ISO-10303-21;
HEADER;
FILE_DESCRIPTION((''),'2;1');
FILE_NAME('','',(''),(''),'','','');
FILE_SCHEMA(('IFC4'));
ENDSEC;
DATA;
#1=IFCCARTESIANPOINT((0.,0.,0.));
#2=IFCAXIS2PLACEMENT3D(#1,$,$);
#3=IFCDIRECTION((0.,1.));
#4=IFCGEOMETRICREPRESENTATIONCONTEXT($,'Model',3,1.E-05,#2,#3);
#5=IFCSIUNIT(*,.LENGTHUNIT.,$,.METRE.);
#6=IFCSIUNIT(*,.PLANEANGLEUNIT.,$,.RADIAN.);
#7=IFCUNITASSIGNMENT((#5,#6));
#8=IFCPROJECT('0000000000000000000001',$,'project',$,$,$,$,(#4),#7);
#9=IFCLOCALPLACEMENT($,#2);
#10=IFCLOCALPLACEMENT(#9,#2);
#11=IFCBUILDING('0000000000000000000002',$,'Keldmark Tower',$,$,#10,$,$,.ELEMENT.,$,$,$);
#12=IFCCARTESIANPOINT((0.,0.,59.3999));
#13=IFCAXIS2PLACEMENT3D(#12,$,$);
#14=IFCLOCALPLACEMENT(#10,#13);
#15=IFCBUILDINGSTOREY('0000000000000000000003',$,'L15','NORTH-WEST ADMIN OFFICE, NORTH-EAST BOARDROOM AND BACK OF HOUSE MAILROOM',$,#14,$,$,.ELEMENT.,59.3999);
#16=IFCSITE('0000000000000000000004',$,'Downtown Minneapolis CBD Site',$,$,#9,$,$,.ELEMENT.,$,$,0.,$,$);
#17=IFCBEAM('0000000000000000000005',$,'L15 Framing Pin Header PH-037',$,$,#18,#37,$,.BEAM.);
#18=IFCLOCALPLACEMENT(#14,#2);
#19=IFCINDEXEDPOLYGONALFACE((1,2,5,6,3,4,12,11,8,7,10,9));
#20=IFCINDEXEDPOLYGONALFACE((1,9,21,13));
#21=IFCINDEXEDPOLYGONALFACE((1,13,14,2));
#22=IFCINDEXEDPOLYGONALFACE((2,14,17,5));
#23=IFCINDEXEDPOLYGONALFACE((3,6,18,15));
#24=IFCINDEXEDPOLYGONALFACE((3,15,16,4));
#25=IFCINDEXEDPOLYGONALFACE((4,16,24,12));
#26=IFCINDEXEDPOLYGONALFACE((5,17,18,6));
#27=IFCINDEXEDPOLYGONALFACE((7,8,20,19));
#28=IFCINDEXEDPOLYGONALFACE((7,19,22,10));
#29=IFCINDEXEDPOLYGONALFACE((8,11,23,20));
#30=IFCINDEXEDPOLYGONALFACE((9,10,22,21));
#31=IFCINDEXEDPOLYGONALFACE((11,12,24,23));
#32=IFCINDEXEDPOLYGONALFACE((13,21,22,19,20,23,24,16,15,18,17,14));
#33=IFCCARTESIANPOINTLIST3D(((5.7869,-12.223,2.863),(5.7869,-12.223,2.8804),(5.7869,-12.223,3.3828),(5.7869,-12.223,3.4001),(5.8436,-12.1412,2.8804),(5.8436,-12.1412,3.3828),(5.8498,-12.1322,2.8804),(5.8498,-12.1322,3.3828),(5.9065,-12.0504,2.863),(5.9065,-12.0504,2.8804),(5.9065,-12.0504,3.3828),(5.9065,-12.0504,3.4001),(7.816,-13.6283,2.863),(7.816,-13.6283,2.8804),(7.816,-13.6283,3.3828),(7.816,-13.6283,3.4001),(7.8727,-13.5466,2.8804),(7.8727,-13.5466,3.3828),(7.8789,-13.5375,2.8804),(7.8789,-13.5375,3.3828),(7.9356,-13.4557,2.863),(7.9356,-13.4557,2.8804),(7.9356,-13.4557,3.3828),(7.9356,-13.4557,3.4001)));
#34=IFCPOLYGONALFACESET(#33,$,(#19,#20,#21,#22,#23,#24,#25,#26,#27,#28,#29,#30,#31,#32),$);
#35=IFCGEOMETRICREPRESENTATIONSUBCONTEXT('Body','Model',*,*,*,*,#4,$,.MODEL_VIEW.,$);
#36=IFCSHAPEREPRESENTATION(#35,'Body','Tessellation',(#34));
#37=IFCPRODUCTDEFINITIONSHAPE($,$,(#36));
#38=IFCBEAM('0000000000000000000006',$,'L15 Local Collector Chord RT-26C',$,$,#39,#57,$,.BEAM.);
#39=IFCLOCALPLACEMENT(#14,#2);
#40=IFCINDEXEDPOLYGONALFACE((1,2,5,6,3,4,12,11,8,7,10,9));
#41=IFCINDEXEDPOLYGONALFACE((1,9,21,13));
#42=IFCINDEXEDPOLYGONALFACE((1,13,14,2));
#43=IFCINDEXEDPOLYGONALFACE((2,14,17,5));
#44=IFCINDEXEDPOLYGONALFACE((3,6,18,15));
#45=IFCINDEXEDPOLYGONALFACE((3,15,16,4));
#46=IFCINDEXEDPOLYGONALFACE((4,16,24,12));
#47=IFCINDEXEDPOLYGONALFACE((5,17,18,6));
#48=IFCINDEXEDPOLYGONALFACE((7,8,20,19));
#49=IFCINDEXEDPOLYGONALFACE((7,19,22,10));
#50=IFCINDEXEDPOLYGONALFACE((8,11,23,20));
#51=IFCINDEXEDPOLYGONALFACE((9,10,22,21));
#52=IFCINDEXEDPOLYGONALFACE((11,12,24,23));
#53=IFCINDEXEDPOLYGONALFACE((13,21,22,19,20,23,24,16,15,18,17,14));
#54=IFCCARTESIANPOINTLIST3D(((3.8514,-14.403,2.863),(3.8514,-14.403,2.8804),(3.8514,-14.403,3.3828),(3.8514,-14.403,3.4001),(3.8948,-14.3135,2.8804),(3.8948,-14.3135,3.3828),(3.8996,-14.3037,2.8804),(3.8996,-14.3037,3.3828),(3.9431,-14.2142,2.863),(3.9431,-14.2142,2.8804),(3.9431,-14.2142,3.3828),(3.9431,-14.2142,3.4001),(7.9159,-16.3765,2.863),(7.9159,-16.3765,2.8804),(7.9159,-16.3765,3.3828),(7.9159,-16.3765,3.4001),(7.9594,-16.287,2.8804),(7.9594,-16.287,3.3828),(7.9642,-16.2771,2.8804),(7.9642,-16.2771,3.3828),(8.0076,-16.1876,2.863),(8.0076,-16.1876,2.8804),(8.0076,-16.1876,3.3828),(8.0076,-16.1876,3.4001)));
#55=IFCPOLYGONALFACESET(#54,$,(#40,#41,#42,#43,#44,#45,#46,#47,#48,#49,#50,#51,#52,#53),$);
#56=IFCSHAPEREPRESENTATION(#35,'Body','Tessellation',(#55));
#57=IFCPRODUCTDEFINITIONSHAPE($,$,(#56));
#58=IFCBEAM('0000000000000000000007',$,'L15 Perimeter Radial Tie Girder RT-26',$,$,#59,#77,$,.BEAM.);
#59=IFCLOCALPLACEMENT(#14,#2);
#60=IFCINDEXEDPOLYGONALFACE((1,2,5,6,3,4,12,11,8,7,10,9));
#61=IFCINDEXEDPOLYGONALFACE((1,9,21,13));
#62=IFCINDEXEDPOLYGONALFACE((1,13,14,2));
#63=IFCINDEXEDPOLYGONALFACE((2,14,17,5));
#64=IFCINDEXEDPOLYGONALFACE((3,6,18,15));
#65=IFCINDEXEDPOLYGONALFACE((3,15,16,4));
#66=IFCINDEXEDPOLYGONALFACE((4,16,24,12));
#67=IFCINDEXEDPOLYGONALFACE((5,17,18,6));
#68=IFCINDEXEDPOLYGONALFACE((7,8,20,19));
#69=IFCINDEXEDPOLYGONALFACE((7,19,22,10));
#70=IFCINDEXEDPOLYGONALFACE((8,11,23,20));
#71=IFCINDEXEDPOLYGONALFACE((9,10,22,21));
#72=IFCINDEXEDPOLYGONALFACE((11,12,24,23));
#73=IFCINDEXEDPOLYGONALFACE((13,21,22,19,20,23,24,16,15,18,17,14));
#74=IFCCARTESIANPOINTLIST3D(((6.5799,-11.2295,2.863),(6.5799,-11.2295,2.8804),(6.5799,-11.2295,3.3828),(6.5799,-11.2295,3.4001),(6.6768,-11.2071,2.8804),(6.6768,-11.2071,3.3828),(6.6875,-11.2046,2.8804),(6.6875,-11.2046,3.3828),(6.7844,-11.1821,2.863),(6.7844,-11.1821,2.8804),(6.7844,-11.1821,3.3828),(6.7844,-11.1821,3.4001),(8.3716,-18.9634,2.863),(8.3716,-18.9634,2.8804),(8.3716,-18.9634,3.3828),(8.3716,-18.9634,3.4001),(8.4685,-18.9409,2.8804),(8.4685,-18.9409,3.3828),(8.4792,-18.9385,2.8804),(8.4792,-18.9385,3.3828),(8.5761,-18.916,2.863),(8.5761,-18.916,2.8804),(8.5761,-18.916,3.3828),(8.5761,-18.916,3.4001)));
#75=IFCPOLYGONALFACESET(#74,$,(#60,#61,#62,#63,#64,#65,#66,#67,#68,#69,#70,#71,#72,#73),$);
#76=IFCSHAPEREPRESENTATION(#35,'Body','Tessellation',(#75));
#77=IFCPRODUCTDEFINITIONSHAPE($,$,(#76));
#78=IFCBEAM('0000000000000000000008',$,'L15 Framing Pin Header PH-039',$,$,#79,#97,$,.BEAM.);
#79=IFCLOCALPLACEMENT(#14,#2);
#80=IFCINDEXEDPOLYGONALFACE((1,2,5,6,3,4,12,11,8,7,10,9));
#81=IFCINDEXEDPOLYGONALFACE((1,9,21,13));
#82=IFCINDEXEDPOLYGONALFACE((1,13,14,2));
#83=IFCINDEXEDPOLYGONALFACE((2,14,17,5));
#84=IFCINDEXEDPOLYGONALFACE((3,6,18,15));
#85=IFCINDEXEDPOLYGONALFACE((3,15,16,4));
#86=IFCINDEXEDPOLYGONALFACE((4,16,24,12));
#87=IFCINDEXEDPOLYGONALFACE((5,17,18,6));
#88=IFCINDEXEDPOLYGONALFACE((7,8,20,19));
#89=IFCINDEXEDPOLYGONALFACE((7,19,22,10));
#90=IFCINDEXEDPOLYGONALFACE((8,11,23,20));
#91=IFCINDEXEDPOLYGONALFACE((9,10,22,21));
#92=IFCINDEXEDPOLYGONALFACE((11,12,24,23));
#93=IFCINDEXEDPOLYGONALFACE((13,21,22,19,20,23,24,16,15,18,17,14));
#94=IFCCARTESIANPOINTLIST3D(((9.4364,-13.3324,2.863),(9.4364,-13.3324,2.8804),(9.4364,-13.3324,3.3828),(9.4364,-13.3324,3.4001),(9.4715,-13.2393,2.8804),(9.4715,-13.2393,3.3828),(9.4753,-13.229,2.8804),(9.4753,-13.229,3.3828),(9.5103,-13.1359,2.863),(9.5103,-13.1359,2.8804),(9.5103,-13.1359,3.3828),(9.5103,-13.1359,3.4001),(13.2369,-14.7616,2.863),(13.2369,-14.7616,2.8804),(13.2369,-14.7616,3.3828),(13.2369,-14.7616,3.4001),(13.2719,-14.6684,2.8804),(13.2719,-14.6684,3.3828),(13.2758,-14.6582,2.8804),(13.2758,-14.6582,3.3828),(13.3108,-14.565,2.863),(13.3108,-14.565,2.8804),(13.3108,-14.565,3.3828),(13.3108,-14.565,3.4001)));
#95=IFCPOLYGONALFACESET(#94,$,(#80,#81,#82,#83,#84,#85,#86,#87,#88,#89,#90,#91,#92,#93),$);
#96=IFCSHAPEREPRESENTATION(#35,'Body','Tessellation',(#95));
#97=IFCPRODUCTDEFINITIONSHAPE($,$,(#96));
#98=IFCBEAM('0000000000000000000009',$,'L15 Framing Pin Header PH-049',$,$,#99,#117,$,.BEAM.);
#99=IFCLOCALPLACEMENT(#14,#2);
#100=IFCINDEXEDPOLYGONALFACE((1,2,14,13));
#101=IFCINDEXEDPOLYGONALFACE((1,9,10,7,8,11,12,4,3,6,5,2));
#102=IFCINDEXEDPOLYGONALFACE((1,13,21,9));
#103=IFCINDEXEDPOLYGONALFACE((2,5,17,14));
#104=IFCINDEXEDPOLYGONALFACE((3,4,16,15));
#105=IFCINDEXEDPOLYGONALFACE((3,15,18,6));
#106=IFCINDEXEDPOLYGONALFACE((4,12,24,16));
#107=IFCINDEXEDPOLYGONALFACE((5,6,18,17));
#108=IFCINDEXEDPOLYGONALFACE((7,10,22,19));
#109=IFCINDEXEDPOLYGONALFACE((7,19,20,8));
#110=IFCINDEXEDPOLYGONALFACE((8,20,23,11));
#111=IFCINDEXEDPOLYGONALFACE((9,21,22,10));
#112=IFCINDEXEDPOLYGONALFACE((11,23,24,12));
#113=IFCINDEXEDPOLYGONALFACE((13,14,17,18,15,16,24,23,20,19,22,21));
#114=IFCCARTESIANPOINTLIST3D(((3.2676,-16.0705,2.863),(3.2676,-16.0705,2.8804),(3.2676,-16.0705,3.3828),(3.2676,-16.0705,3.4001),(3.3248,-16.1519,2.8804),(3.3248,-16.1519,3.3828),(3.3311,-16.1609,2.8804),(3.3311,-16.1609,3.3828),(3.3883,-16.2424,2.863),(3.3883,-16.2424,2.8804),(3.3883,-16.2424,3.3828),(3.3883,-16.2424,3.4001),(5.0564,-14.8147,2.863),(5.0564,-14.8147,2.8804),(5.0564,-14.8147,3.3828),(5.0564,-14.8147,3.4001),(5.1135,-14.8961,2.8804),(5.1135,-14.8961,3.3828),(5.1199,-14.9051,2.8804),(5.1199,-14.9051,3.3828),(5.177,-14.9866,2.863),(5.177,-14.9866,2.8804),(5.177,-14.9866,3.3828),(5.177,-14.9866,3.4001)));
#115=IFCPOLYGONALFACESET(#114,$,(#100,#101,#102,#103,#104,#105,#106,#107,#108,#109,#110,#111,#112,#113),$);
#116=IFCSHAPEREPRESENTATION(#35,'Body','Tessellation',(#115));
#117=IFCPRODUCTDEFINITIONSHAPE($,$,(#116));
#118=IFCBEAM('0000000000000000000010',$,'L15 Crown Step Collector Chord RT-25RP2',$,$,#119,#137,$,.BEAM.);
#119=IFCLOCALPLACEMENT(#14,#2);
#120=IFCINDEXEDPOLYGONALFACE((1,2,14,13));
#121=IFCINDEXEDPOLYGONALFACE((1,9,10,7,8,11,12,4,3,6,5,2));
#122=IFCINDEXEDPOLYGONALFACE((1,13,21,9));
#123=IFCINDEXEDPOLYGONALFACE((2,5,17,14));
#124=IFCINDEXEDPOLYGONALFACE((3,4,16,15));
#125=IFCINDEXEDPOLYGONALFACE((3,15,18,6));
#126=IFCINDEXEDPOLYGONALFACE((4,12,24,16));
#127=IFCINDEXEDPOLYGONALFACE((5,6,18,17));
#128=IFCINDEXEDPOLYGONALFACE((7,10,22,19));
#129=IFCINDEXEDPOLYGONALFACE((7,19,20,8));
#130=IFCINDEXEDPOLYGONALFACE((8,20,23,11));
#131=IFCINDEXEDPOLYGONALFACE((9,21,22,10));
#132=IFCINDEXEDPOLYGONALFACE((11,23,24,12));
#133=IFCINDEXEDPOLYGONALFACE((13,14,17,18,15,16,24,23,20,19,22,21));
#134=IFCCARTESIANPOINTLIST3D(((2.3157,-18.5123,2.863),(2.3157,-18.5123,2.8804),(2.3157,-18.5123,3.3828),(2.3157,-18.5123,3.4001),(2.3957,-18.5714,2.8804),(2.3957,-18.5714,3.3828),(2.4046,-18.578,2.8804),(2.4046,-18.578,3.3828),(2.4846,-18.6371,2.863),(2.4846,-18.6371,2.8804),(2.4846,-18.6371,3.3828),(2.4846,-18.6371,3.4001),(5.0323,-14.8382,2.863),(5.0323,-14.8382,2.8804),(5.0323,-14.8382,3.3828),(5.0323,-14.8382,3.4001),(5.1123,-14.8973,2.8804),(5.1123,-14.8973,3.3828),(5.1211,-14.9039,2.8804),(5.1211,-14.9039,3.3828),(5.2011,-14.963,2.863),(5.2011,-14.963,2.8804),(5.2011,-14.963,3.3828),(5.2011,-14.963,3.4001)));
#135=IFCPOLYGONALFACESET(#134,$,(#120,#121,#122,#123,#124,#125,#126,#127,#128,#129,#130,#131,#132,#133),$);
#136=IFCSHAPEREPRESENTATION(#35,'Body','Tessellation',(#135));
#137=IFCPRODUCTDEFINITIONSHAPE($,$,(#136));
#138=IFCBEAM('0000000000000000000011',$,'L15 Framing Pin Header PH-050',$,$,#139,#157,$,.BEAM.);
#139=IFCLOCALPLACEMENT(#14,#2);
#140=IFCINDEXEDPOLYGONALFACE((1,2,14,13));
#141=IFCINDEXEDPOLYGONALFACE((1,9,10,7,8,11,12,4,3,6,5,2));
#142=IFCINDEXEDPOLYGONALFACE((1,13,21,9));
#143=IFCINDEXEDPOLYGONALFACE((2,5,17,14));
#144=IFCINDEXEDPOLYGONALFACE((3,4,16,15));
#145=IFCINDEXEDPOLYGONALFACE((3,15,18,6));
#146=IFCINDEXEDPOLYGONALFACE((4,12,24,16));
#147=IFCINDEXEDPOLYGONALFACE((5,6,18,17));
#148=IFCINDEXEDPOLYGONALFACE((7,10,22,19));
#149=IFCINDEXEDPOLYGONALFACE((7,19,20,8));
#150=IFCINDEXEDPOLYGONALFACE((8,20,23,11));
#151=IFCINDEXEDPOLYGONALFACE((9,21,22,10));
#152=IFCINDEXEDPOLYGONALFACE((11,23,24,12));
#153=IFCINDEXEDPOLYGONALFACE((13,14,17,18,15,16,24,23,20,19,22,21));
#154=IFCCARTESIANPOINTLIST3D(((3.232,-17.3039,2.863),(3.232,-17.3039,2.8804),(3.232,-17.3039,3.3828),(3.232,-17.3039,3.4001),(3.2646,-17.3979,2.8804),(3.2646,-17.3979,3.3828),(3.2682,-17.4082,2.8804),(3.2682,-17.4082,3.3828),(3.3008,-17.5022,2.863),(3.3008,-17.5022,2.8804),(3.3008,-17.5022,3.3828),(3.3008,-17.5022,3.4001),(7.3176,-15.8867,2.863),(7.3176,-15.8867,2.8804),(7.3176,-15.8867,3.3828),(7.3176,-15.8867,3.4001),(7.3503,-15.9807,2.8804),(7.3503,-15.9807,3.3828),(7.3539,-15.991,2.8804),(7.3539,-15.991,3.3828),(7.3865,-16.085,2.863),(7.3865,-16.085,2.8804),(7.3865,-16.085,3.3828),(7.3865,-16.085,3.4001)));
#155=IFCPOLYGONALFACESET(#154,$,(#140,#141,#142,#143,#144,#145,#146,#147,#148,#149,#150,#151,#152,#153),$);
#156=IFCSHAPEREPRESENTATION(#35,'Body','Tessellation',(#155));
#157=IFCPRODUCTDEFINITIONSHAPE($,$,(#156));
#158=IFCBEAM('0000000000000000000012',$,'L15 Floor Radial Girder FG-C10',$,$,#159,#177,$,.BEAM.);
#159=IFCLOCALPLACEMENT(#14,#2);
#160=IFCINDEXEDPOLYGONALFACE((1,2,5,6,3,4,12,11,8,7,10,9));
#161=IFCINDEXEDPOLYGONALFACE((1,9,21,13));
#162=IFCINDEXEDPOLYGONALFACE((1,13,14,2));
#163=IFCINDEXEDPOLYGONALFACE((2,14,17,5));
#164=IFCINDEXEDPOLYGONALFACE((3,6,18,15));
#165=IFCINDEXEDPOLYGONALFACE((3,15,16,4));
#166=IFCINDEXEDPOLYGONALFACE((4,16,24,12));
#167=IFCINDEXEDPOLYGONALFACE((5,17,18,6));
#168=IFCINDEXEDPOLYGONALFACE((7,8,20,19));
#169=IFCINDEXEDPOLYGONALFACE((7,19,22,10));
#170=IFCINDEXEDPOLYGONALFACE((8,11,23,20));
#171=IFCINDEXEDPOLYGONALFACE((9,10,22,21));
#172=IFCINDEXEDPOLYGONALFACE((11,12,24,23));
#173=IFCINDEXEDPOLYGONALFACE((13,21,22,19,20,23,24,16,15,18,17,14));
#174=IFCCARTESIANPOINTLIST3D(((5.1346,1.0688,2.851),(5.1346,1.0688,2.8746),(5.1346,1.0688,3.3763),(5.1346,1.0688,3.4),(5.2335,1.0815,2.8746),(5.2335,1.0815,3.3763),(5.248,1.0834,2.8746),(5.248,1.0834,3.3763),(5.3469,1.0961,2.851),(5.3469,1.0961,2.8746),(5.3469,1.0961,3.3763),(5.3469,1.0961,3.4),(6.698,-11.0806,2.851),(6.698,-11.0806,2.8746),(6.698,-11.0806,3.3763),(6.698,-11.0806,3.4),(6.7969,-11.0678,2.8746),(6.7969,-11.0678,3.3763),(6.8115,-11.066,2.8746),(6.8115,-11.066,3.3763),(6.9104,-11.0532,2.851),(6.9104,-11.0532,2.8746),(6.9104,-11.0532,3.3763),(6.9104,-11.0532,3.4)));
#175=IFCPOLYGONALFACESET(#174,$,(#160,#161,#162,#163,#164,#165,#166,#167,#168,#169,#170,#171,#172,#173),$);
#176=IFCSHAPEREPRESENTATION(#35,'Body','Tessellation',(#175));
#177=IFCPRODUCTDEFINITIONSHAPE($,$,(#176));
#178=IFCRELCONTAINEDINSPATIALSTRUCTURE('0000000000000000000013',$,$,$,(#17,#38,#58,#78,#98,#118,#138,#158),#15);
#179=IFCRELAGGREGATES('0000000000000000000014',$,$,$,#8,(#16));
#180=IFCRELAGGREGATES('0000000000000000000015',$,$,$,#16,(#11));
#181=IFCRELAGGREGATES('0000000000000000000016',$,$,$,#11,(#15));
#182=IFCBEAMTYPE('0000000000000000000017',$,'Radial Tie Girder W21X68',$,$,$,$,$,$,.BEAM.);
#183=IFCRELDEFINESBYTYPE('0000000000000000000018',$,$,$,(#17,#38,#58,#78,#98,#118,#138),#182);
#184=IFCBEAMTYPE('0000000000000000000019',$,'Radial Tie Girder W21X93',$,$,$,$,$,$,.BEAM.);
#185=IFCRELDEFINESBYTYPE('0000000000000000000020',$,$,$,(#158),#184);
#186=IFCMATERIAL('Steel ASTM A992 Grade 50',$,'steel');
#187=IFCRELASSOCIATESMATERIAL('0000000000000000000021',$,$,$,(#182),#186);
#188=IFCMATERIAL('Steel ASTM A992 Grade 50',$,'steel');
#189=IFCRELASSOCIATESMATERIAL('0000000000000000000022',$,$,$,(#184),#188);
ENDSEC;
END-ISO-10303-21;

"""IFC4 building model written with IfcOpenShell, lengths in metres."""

from ifc_helpers import new_model, si_unit, direction, frame, origin, origin_2d, place, context, subcontext, project, spatial, i_section, extrude, material, material_profile, profile_set, type_object, element, save


model = new_model("IFC4")

# Units and contexts
model_context = context("Model", 3, precision=1e-05, world=origin(), true_north=direction((0.0, 1.0)))
body_context = subcontext(model_context, "Body", "Model", "MODEL_VIEW")
ifc_project = project(units=[si_unit("LENGTHUNIT", "METRE"), si_unit("PLANEANGLEUNIT", "RADIAN")], contexts=[model_context])

# Site, building, storey
site_placement = place(None, origin())
site = spatial("IfcSite", under=ifc_project, at=site_placement, Name="Downtown Minneapolis CBD Site", CompositionType="ELEMENT", RefElevation=0.0)
building_placement = place(site_placement, origin())
building = spatial("IfcBuilding", under=site, at=building_placement, Name="Keldmark Tower", CompositionType="ELEMENT")
storey_placement = place(building_placement, frame((0.0, 0.0, 59.3999)))
storey = spatial("IfcBuildingStorey", under=building, at=storey_placement, Name="L15", Description="NORTH-WEST ADMIN OFFICE, NORTH-EAST BOARDROOM AND BACK OF HOUSE MAILROOM", CompositionType="ELEMENT", Elevation=59.3999)

# Beams
ifc_material_1 = material(Name="Steel ASTM A992 Grade 50", Category="steel")
ifc_material_profile_1 = material_profile(ifc_material_1, i_section(OverallWidth=0.21, OverallDepth=0.5371, WebThickness=0.011, FlangeThickness=0.0173, at=origin_2d()), Name="W21X68")
ifc_profile_set_1 = profile_set([ifc_material_profile_1], Name="Steel ASTM A992 Grade 50")
beam_type_1 = type_object("IfcBeamType", Name="Radial Tie Girder W21X68", PredefinedType="BEAM", material=ifc_profile_set_1)
beam_1_placement = place(storey_placement, frame((5.8467, -12.1367, 3.1316), z_axis=(0.822089, -0.569359, 0.0), x_axis=(0.569359, 0.822089, 0.0)))
element("IfcBeam", 1, at=beam_1_placement, inside=storey, type_object=beam_type_1, Name="L15 Framing Pin Header PH-037", PredefinedType="BEAM", context=body_context, shape_type="SweptSolid", body=[
    extrude(i_section(OverallWidth=0.21, OverallDepth=0.5371, WebThickness=0.011, FlangeThickness=0.0173, at=origin_2d()), origin(), (0.0, 0.0, 1.0), 2.4683),
])
beam_2_placement = place(storey_placement, frame((3.8972, -14.3086, 3.1316), z_axis=(0.899575, -0.436765, 0.0), x_axis=(0.436765, 0.899575, 0.0)))
element("IfcBeam", 2, at=beam_2_placement, inside=storey, type_object=beam_type_1, Name="L15 Local Collector Chord RT-26C", PredefinedType="BEAM", context=body_context, shape_type="SweptSolid", body=[
    extrude(i_section(OverallWidth=0.21, OverallDepth=0.5371, WebThickness=0.011, FlangeThickness=0.0173, at=origin_2d()), origin(), (0.0, 0.0, 1.0), 4.5183),
])
beam_3_placement = place(storey_placement, frame((6.6821, -11.2058, 3.1316), z_axis=(0.225697, -0.974198, 0.0), x_axis=(0.974198, 0.225697, 0.0)))
element("IfcBeam", 3, at=beam_3_placement, inside=storey, type_object=beam_type_1, Name="L15 Perimeter Radial Tie Girder RT-26", PredefinedType="BEAM", context=body_context, shape_type="SweptSolid", body=[
    extrude(i_section(OverallWidth=0.21, OverallDepth=0.5371, WebThickness=0.011, FlangeThickness=0.0173, at=origin_2d()), origin(), (0.0, 0.0, 1.0), 7.9387),
])
beam_4_placement = place(storey_placement, frame((9.4734, -13.2341, 3.1316), z_axis=(0.936005, -0.351986, 0.0), x_axis=(0.351986, 0.936005, 0.0)))
element("IfcBeam", 4, at=beam_4_placement, inside=storey, type_object=beam_type_1, Name="L15 Framing Pin Header PH-039", PredefinedType="BEAM", context=body_context, shape_type="SweptSolid", body=[
    extrude(i_section(OverallWidth=0.21, OverallDepth=0.5371, WebThickness=0.011, FlangeThickness=0.0173, at=origin_2d()), origin(), (0.0, 0.0, 1.0), 4.0603),
])
beam_5_placement = place(storey_placement, frame((5.1167, -14.9006, 3.1316), z_axis=(-0.818439, -0.574594, 0.0), x_axis=(0.574594, -0.818439, 0.0)))
element("IfcBeam", 5, at=beam_5_placement, inside=storey, type_object=beam_type_1, Name="L15 Framing Pin Header PH-049", PredefinedType="BEAM", context=body_context, shape_type="SweptSolid", body=[
    extrude(i_section(OverallWidth=0.21, OverallDepth=0.5371, WebThickness=0.011, FlangeThickness=0.0173, at=origin_2d()), origin(), (0.0, 0.0, 1.0), 2.1855),
])
beam_6_placement = place(storey_placement, frame((2.4001, -18.5747, 3.1316), z_axis=(0.594523, 0.804078, 0.0), x_axis=(-0.804078, 0.594523, 0.0)))
element("IfcBeam", 6, at=beam_6_placement, inside=storey, type_object=beam_type_1, Name="L15 Crown Step Collector Chord RT-25RP2", PredefinedType="BEAM", context=body_context, shape_type="SweptSolid", body=[
    extrude(i_section(OverallWidth=0.21, OverallDepth=0.5371, WebThickness=0.011, FlangeThickness=0.0173, at=origin_2d()), origin(), (0.0, 0.0, 1.0), 4.5693),
])
beam_7_placement = place(storey_placement, frame((7.3521, -15.9858, 3.1316), z_axis=(-0.944774, -0.327721, 0.0), x_axis=(0.327721, -0.944774, 0.0)))
element("IfcBeam", 7, at=beam_7_placement, inside=storey, type_object=beam_type_1, Name="L15 Framing Pin Header PH-050", PredefinedType="BEAM", context=body_context, shape_type="SweptSolid", body=[
    extrude(i_section(OverallWidth=0.21, OverallDepth=0.5371, WebThickness=0.011, FlangeThickness=0.0173, at=origin_2d()), origin(), (0.0, 0.0, 1.0), 4.3245),
])
ifc_material_2 = material(Name="Steel ASTM A992 Grade 50", Category="steel")
ifc_material_profile_2 = material_profile(ifc_material_2, i_section(OverallWidth=0.2141, OverallDepth=0.5491, WebThickness=0.0146, FlangeThickness=0.0237, at=origin_2d()), Name="W21X93")
ifc_profile_set_2 = profile_set([ifc_material_profile_2], Name="Steel ASTM A992 Grade 50")
beam_type_2 = type_object("IfcBeamType", Name="Radial Tie Girder W21X93", PredefinedType="BEAM", material=ifc_profile_set_2)
beam_8_placement = place(storey_placement, frame((6.8042, -11.0669, 3.1255), z_axis=(-0.127635, 0.991821, 0.0), x_axis=(-0.991821, -0.127635, 0.0)))
element("IfcBeam", 8, at=beam_8_placement, inside=storey, type_object=beam_type_2, Name="L15 Floor Radial Girder FG-C10", PredefinedType="BEAM", context=body_context, shape_type="SweptSolid", body=[
    extrude(i_section(OverallWidth=0.2141, OverallDepth=0.5491, WebThickness=0.0146, FlangeThickness=0.0237, at=origin_2d()), origin(), (0.0, 0.0, 1.0), 12.2495),
])

save(model, "model.ifc")
